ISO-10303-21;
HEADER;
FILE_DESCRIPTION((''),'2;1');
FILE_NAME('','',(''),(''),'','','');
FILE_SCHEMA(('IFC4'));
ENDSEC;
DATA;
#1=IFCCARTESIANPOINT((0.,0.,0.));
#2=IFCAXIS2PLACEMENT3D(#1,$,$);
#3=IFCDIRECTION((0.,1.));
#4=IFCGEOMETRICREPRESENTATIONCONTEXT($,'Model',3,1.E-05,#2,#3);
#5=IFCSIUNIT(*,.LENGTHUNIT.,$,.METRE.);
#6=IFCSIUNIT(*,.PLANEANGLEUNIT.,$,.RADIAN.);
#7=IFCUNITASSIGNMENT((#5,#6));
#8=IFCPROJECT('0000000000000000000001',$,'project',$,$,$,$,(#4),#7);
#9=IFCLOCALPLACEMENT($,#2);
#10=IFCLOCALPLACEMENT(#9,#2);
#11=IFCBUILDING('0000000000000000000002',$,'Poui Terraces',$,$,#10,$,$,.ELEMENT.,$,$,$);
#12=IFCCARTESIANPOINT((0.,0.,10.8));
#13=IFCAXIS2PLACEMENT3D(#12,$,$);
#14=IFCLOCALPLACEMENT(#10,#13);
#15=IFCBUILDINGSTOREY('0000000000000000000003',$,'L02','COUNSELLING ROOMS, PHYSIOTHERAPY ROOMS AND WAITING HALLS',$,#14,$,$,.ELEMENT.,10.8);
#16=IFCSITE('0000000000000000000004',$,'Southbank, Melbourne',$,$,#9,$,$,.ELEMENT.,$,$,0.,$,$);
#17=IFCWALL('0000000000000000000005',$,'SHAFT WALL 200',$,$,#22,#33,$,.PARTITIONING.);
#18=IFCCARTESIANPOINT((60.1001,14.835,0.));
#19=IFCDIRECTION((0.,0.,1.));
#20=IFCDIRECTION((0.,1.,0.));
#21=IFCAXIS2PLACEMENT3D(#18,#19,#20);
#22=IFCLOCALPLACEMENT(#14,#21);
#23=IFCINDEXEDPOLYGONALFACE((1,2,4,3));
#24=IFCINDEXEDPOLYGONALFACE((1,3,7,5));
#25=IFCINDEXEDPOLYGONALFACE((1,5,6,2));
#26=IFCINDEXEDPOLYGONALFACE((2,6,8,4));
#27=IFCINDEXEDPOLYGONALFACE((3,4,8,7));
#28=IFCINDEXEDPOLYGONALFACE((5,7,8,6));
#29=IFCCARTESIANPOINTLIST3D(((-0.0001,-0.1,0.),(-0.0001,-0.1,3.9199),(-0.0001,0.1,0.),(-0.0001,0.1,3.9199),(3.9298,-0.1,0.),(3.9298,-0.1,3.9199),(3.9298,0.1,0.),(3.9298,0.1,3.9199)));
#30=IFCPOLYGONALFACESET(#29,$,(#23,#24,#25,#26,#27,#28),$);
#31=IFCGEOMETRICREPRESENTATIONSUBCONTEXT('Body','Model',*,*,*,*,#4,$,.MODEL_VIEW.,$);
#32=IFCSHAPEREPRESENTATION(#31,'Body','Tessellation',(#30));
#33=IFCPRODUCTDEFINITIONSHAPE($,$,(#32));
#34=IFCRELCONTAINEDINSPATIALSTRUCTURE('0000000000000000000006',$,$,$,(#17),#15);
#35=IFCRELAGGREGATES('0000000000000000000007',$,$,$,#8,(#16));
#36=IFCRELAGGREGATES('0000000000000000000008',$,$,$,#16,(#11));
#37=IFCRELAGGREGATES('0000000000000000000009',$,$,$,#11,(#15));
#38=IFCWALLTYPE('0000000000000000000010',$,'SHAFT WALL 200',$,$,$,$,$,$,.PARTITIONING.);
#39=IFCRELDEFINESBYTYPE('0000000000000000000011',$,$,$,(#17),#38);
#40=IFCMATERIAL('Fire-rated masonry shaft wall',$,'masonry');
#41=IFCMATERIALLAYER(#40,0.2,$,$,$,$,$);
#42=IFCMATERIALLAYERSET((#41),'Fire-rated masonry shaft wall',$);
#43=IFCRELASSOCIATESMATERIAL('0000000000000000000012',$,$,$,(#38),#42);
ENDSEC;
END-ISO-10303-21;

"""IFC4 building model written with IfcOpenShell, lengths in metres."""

from ifc_helpers import new_model, si_unit, direction, frame, frame_2d, origin, place, context, subcontext, project, spatial, rectangle, extrude, material, layer, layer_set, type_object, element, save


model = new_model("IFC4")

# Units and contexts
model_context = context("Model", 3, precision=1e-05, world=origin(), true_north=direction((0.0, 1.0)))
body_context = subcontext(model_context, "Body", "Model", "MODEL_VIEW")
ifc_project = project(units=[si_unit("LENGTHUNIT", "METRE"), si_unit("PLANEANGLEUNIT", "RADIAN")], contexts=[model_context])

# Site, building, storey
site_placement = place(None, origin())
site = spatial("IfcSite", under=ifc_project, at=site_placement, Name="Southbank, Melbourne", CompositionType="ELEMENT", RefElevation=0.0)
building_placement = place(site_placement, origin())
building = spatial("IfcBuilding", under=site, at=building_placement, Name="Poui Terraces", CompositionType="ELEMENT")
storey_placement = place(building_placement, frame((0.0, 0.0, 10.8)))
storey = spatial("IfcBuildingStorey", under=building, at=storey_placement, Name="L02", Description="COUNSELLING ROOMS, PHYSIOTHERAPY ROOMS AND WAITING HALLS", CompositionType="ELEMENT", Elevation=10.8)

# Wall
ifc_material_1 = material(Name="Fire-rated masonry shaft wall", Category="masonry")
ifc_layer_1 = layer(ifc_material_1, 0.2)
ifc_layer_set_1 = layer_set([ifc_layer_1], Name="Fire-rated masonry shaft wall")
wall_type_1 = type_object("IfcWallType", Name="SHAFT WALL 200", PredefinedType="PARTITIONING", material=ifc_layer_set_1)
wall_1_placement = place(storey_placement, frame((60.1001, 14.835, 0.0), z_axis=(0.0, 0.0, 1.0), x_axis=(0.0, 1.0, 0.0)))
element("IfcWall", 1, at=wall_1_placement, inside=storey, type_object=wall_type_1, Name="SHAFT WALL 200", PredefinedType="PARTITIONING", context=body_context, shape_type="SweptSolid", body=[
    extrude(rectangle(XDim=3.9299, YDim=0.2, at=frame_2d((1.9648, 0.0))), origin(), (0.0, 0.0, 1.0), 3.9199),
])

save(model, "model.ifc")
